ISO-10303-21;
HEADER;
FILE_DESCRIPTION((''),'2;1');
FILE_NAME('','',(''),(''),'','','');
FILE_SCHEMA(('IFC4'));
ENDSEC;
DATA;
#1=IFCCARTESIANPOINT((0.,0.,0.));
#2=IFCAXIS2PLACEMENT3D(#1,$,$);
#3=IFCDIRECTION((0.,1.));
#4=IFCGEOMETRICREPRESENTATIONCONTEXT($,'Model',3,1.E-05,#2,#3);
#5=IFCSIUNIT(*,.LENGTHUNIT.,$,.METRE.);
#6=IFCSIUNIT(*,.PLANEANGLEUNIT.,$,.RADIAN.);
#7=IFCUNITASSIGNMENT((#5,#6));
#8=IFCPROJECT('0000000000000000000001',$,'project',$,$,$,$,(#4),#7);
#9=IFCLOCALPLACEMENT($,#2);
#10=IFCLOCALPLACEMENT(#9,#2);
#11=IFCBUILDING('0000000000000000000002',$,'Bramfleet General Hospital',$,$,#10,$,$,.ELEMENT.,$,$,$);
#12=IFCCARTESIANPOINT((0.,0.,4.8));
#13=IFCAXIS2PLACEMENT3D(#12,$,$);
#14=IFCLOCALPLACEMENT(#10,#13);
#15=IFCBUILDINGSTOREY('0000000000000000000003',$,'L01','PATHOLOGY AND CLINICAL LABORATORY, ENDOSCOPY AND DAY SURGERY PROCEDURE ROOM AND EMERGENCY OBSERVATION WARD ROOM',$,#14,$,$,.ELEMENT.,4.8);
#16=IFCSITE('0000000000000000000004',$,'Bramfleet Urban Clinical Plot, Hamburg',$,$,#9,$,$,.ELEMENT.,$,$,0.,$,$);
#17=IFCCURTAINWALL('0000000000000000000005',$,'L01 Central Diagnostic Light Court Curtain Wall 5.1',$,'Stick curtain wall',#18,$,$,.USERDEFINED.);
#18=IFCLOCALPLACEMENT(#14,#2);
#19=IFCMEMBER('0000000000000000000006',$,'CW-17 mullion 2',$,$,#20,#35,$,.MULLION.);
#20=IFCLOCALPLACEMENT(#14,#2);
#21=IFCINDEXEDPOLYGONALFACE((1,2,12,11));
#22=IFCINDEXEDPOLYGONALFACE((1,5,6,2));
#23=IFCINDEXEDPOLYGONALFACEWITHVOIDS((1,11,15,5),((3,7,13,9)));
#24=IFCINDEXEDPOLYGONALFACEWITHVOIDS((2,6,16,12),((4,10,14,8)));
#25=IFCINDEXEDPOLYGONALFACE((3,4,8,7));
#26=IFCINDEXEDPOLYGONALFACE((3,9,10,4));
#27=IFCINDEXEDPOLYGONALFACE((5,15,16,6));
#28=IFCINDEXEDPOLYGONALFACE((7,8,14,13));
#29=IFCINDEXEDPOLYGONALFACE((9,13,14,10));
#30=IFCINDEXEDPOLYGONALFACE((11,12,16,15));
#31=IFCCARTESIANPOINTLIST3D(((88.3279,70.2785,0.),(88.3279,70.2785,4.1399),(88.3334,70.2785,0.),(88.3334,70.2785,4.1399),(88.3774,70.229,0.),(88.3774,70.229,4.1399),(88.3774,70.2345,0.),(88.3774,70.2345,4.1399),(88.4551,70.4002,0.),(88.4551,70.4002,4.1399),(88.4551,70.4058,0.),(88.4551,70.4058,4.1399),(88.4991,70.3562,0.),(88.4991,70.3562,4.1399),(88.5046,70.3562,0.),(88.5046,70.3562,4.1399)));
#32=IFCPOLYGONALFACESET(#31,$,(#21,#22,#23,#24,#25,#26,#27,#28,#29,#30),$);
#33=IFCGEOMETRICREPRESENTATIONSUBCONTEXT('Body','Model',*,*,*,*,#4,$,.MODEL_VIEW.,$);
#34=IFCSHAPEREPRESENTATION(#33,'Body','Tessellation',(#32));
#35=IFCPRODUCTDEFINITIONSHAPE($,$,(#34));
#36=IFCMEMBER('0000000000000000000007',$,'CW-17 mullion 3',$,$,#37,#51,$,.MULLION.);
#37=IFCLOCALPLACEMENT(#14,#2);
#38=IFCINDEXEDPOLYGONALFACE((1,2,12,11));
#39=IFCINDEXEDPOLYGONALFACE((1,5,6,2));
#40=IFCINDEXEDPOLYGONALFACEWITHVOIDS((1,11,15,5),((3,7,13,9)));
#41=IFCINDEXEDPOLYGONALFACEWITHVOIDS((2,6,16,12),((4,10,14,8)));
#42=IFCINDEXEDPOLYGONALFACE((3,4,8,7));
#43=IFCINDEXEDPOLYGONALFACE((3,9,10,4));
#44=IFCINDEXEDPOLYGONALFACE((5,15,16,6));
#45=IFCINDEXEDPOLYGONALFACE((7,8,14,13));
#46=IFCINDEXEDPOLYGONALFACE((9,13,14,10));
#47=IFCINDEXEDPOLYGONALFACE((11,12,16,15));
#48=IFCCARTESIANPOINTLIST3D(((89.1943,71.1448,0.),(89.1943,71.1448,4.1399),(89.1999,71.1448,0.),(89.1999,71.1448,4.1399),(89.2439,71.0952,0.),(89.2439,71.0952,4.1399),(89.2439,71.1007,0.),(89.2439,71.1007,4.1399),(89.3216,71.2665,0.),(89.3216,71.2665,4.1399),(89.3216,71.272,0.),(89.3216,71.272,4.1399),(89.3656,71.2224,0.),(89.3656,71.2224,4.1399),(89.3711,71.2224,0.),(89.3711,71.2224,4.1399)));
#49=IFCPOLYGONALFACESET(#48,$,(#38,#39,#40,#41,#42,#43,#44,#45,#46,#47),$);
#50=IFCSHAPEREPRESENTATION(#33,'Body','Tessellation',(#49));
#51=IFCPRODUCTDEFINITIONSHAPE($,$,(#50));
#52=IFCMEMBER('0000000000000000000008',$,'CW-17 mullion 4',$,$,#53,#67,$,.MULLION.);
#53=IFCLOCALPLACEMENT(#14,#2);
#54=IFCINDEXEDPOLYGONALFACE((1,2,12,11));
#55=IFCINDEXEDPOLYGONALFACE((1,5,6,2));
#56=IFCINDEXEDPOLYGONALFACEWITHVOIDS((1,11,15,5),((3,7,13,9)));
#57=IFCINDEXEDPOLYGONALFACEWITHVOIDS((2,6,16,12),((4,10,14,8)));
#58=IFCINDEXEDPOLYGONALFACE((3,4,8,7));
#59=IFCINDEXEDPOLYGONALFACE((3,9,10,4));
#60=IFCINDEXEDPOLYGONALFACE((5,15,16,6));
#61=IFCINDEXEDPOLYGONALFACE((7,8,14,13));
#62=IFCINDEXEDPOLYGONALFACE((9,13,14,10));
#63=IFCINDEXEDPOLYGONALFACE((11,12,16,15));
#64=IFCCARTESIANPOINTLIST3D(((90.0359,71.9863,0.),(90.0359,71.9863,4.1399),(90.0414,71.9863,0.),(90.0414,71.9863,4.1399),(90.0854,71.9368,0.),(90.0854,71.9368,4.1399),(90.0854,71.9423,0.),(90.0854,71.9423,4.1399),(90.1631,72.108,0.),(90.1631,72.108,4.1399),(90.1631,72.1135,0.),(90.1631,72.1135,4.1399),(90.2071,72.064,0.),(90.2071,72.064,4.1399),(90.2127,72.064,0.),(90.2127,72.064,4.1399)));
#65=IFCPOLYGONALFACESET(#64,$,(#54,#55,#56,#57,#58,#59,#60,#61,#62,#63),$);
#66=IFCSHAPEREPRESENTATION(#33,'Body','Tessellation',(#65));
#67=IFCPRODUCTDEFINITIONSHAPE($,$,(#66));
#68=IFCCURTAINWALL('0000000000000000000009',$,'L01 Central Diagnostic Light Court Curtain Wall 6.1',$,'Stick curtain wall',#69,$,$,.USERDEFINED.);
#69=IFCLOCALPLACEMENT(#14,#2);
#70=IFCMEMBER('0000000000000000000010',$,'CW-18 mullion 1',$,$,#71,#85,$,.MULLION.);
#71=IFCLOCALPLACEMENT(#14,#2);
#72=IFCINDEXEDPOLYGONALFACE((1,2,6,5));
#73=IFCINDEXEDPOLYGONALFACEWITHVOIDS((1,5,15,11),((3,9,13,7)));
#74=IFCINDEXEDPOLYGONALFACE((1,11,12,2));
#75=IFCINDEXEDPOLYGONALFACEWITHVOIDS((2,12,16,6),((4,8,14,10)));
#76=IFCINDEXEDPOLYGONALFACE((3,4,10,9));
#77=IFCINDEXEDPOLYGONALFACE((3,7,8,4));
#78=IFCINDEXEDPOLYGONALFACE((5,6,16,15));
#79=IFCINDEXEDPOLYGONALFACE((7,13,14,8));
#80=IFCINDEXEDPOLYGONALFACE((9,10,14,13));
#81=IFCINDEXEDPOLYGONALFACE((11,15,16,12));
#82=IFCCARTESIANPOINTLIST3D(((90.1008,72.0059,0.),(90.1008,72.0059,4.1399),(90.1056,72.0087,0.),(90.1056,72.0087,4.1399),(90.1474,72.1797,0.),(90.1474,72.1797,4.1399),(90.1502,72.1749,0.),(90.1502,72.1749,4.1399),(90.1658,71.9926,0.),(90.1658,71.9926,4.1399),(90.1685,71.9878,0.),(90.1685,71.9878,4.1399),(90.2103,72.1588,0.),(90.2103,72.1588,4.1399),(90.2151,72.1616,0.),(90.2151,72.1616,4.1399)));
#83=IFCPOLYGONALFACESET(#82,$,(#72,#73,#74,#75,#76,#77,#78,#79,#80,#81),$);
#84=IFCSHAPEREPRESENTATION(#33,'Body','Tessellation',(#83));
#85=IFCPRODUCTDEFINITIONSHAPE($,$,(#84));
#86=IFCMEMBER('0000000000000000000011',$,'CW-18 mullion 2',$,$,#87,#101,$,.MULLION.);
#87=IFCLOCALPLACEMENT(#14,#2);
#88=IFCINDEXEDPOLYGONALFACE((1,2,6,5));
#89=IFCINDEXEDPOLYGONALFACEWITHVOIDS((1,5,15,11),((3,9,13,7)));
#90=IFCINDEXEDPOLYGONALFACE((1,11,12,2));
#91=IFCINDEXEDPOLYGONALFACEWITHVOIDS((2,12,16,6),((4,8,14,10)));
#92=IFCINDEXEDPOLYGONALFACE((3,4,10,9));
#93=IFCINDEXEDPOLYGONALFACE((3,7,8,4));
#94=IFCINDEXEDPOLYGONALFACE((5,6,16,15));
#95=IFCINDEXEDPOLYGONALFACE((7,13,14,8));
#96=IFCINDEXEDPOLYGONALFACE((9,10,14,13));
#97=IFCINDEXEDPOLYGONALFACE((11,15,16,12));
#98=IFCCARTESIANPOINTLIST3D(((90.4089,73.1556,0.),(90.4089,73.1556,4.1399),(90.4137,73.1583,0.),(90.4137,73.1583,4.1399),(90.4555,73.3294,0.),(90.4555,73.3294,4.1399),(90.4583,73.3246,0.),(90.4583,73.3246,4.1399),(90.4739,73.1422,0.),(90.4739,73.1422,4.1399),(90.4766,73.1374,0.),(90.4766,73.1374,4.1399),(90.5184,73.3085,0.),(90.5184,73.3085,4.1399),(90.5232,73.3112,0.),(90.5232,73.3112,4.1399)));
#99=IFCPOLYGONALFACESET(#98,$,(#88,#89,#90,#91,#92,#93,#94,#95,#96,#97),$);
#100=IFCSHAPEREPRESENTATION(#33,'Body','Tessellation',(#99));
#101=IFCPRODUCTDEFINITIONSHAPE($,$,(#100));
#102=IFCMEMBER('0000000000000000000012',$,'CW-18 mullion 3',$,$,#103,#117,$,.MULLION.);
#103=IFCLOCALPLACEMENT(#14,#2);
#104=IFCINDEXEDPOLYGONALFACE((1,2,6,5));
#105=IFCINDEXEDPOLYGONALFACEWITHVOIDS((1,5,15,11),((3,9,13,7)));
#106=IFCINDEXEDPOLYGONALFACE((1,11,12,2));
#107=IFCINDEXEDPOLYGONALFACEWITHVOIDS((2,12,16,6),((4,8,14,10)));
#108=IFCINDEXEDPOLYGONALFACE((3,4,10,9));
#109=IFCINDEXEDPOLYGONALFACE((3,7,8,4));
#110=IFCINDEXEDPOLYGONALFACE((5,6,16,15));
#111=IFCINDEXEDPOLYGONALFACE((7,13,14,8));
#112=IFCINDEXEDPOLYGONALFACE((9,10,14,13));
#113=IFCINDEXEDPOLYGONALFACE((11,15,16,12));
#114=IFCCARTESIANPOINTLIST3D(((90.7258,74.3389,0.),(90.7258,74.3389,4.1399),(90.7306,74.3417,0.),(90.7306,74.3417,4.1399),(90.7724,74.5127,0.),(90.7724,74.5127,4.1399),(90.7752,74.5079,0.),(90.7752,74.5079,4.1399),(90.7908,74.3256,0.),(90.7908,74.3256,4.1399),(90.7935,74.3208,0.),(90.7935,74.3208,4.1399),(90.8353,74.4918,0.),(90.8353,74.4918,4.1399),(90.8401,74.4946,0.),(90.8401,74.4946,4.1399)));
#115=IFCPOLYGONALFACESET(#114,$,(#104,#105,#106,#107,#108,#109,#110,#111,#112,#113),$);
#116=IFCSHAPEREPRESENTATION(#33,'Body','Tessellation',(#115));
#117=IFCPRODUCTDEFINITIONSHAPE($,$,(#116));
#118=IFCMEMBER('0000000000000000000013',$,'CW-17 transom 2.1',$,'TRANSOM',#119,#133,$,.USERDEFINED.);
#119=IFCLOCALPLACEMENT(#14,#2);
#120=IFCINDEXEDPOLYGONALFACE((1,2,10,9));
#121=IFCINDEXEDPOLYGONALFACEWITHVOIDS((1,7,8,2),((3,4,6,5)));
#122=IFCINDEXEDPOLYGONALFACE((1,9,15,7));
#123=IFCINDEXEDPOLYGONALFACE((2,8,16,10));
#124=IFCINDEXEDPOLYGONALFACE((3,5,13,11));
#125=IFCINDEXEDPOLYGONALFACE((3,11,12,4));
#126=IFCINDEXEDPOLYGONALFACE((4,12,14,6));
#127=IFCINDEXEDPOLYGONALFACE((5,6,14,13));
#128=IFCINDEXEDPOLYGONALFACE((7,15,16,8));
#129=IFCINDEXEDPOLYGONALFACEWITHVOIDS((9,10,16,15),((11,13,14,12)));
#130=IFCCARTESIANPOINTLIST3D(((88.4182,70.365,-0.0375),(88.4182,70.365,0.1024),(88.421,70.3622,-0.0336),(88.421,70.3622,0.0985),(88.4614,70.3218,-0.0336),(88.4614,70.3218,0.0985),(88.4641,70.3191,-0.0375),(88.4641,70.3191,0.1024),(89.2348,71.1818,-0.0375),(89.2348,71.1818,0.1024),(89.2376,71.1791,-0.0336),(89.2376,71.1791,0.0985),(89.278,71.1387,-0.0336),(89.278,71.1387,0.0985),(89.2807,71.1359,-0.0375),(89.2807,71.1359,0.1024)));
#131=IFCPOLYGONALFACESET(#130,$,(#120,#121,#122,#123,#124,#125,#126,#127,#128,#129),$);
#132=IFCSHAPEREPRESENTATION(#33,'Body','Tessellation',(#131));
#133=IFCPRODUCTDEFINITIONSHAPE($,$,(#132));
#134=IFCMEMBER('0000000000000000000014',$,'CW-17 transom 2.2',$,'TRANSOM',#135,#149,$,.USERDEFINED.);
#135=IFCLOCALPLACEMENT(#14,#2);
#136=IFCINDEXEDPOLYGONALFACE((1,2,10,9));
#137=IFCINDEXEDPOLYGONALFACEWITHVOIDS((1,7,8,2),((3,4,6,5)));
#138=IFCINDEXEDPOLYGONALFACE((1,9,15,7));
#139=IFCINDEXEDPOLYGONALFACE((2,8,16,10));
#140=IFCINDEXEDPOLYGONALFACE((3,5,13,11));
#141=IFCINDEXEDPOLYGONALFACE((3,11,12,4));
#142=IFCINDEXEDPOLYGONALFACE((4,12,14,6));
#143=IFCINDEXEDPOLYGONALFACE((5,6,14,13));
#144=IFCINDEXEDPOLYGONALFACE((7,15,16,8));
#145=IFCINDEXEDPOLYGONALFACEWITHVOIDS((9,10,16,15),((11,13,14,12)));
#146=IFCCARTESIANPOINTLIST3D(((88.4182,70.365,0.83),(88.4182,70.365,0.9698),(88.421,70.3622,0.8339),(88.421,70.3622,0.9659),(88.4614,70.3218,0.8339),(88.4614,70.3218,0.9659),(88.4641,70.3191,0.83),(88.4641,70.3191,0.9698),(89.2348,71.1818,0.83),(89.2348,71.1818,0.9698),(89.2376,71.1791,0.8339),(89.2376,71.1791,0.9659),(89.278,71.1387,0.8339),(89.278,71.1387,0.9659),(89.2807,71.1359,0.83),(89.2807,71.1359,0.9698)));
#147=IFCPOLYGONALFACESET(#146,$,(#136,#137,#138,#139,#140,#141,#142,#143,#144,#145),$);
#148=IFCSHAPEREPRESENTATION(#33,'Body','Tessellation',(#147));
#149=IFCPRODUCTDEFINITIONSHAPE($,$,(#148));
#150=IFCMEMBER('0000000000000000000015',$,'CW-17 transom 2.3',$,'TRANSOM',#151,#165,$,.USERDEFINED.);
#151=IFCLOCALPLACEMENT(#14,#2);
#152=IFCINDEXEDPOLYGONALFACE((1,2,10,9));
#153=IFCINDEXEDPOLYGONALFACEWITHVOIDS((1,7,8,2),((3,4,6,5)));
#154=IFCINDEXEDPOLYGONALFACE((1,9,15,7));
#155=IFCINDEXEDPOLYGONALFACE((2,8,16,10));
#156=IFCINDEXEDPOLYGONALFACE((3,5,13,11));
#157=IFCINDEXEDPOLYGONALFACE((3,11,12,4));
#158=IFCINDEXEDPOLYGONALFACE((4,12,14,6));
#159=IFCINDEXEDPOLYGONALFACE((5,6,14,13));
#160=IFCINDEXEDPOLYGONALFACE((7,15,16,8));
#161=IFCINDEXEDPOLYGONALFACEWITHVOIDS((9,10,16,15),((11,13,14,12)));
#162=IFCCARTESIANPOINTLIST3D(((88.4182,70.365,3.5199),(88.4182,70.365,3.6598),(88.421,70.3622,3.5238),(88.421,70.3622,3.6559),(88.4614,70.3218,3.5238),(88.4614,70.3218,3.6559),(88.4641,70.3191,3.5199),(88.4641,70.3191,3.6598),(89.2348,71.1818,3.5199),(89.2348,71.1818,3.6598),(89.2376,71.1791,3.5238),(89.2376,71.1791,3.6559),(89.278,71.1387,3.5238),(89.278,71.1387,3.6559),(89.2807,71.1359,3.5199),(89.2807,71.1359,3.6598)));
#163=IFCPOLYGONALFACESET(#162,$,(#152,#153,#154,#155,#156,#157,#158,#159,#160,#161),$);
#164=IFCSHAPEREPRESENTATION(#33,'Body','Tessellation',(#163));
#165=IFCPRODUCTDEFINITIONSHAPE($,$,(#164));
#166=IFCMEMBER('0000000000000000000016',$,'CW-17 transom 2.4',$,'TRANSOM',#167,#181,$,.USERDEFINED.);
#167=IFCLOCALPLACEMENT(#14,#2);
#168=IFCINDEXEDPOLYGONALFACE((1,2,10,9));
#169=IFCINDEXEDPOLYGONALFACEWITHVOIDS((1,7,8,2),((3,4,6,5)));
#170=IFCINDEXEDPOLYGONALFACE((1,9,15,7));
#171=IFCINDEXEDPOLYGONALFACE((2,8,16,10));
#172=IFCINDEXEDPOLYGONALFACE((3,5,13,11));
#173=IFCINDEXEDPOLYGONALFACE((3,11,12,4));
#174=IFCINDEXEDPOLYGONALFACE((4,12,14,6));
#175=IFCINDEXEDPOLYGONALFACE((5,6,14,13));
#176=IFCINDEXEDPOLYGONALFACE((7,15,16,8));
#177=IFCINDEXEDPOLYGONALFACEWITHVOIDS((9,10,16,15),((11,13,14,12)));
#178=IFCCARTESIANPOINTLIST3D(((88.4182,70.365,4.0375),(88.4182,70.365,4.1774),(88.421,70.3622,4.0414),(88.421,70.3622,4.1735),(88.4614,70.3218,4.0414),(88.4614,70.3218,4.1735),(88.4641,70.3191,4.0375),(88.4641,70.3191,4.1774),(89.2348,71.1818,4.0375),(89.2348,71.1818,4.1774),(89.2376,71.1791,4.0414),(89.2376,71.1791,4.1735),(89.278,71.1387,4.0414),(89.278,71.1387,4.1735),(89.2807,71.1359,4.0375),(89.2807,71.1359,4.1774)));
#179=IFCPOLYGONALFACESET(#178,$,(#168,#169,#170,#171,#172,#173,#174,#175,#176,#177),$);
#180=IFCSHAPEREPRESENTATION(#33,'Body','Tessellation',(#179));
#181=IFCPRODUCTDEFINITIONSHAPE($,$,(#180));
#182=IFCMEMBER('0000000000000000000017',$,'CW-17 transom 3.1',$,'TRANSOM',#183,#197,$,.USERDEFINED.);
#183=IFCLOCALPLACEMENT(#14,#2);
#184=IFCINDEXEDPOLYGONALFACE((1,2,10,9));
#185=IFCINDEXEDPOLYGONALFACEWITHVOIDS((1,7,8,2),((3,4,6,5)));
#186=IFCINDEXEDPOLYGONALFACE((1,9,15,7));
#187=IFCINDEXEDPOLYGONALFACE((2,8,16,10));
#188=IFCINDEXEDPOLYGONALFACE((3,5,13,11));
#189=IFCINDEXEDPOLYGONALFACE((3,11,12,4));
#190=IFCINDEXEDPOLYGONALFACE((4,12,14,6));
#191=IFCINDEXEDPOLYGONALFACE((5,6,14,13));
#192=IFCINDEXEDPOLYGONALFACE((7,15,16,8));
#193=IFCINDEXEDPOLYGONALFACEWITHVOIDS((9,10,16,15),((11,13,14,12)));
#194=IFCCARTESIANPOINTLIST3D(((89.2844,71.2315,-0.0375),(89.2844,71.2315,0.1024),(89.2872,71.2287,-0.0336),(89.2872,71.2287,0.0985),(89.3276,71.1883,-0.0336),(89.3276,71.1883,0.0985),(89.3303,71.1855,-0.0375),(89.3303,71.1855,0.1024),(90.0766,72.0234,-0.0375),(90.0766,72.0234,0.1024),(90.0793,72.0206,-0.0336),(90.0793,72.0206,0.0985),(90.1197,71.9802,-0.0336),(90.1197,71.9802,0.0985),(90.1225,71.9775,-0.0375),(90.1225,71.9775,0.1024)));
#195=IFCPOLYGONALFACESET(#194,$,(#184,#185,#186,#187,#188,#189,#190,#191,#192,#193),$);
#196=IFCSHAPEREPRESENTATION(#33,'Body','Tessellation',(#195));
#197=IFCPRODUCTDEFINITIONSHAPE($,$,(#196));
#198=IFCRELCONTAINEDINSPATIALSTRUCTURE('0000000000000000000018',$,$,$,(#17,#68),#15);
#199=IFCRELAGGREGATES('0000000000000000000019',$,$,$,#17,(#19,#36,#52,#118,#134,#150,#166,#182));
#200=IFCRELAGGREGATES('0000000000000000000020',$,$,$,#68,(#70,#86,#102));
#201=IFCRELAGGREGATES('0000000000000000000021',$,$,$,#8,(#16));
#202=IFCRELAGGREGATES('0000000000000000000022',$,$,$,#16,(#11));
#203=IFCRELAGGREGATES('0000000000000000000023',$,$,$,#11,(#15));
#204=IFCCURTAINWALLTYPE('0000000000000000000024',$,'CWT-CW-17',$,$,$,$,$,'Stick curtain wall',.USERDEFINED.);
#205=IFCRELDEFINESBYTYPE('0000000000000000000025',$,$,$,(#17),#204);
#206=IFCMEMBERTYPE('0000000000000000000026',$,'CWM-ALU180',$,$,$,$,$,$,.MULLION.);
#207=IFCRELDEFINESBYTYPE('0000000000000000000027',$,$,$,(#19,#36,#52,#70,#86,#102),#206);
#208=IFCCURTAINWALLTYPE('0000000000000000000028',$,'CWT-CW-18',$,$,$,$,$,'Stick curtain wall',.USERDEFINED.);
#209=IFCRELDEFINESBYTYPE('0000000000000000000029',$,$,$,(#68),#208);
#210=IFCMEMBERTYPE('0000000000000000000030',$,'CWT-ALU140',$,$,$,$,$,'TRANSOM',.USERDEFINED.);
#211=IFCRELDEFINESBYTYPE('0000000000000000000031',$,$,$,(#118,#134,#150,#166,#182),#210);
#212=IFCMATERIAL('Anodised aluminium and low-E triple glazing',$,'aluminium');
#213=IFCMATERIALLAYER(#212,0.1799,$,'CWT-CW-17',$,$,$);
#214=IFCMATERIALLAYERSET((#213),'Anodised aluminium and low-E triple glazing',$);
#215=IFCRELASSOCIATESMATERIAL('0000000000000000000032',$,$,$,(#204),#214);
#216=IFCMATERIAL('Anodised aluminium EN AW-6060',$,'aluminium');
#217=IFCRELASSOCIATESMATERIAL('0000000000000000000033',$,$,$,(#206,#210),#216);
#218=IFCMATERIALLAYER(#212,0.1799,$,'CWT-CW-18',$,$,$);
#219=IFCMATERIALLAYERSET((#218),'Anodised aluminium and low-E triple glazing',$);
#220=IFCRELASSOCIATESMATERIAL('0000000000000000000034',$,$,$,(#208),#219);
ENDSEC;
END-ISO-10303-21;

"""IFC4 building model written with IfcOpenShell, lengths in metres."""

from ifc_helpers import new_model, si_unit, direction, frame, origin, origin_2d, place, context, subcontext, project, spatial, hollow_rectangle, extrude, material, layer, layer_set, material_profile, profile_set, type_object, element, aggregate, save


model = new_model("IFC4")

# Units and contexts
model_context = context("Model", 3, precision=1e-05, world=origin(), true_north=direction((0.0, 1.0)))
body_context = subcontext(model_context, "Body", "Model", "MODEL_VIEW")
ifc_project = project(units=[si_unit("LENGTHUNIT", "METRE"), si_unit("PLANEANGLEUNIT", "RADIAN")], contexts=[model_context])

# Site, building, storey
site_placement = place(None, origin())
site = spatial("IfcSite", under=ifc_project, at=site_placement, Name="Bramfleet Urban Clinical Plot, Hamburg", CompositionType="ELEMENT", RefElevation=0.0)
building_placement = place(site_placement, origin())
building = spatial("IfcBuilding", under=site, at=building_placement, Name="Bramfleet General Hospital", CompositionType="ELEMENT")
storey_placement = place(building_placement, frame((0.0, 0.0, 4.8)))
storey = spatial("IfcBuildingStorey", under=building, at=storey_placement, Name="L01", Description="PATHOLOGY AND CLINICAL LABORATORY, ENDOSCOPY AND DAY SURGERY PROCEDURE ROOM AND EMERGENCY OBSERVATION WARD ROOM", CompositionType="ELEMENT", Elevation=4.8)

# Curtain walls, members
ifc_material_1 = material(Name="Anodised aluminium and low-E triple glazing", Category="aluminium")
ifc_layer_1 = layer(ifc_material_1, 0.1799, Name="CWT-CW-17")
ifc_layer_set_1 = layer_set([ifc_layer_1], Name="Anodised aluminium and low-E triple glazing")
curtain_wall_type_1 = type_object("IfcCurtainWallType", Name="CWT-CW-17", ElementType="Stick curtain wall", PredefinedType="USERDEFINED", material=ifc_layer_set_1)
curtain_wall_1_placement = place(storey_placement, origin())
curtain_wall_1 = element("IfcCurtainWall", 1, at=curtain_wall_1_placement, inside=storey, type_object=curtain_wall_type_1, Name="L01 Central Diagnostic Light Court Curtain Wall 5.1", ObjectType="Stick curtain wall", PredefinedType="USERDEFINED")
ifc_material_2 = material(Name="Anodised aluminium EN AW-6060", Category="aluminium")
ifc_material_profile_1 = material_profile(ifc_material_2, hollow_rectangle(XDim=0.0701, YDim=0.1799, WallThickness=0.0039, at=origin_2d()), Name="ALU 180x70x4.0")
ifc_profile_set_1 = profile_set([ifc_material_profile_1], Name="Anodised aluminium EN AW-6060")
member_type_1 = type_object("IfcMemberType", Name="CWM-ALU180", PredefinedType="MULLION", material=ifc_profile_set_1)
member_1_placement = place(storey_placement, frame((88.4163, 70.3174, 0.0), z_axis=(0.0, 0.0, 1.0), x_axis=(-0.707107, 0.707107, 0.0)))
member_1 = element("IfcMember", 2, at=member_1_placement, type_object=member_type_1, Name="CW-17 mullion 2", PredefinedType="MULLION", context=body_context, shape_type="SweptSolid", body=[
    extrude(hollow_rectangle(XDim=0.0701, YDim=0.1799, WallThickness=0.0039, at=origin_2d()), origin(), (0.0, 0.0, 1.0), 4.1399),
])
member_2_placement = place(storey_placement, frame((89.2827, 71.1836, 0.0), z_axis=(0.0, 0.0, 1.0), x_axis=(-0.707107, 0.707107, 0.0)))
member_2 = element("IfcMember", 3, at=member_2_placement, type_object=member_type_1, Name="CW-17 mullion 3", PredefinedType="MULLION", context=body_context, shape_type="SweptSolid", body=[
    extrude(hollow_rectangle(XDim=0.0701, YDim=0.1799, WallThickness=0.0039, at=origin_2d()), origin(), (0.0, 0.0, 1.0), 4.1399),
])
member_3_placement = place(storey_placement, frame((90.1243, 72.0251, 0.0), z_axis=(0.0, 0.0, 1.0), x_axis=(-0.707107, 0.707107, 0.0)))
member_3 = element("IfcMember", 4, at=member_3_placement, type_object=member_type_1, Name="CW-17 mullion 4", PredefinedType="MULLION", context=body_context, shape_type="SweptSolid", body=[
    extrude(hollow_rectangle(XDim=0.0701, YDim=0.1799, WallThickness=0.0039, at=origin_2d()), origin(), (0.0, 0.0, 1.0), 4.1399),
])
ifc_layer_2 = layer(ifc_material_1, 0.1799, Name="CWT-CW-18")
ifc_layer_set_2 = layer_set([ifc_layer_2], Name="Anodised aluminium and low-E triple glazing")
curtain_wall_type_2 = type_object("IfcCurtainWallType", Name="CWT-CW-18", ElementType="Stick curtain wall", PredefinedType="USERDEFINED", material=ifc_layer_set_2)
curtain_wall_2_placement = place(storey_placement, origin())
curtain_wall_2 = element("IfcCurtainWall", 5, at=curtain_wall_2_placement, inside=storey, type_object=curtain_wall_type_2, Name="L01 Central Diagnostic Light Court Curtain Wall 6.1", ObjectType="Stick curtain wall", PredefinedType="USERDEFINED")
member_4_placement = place(storey_placement, frame((90.158, 72.0837, 0.0), z_axis=(0.0, 0.0, 1.0), x_axis=(-0.965941, 0.258763, 0.0)))
member_4 = element("IfcMember", 6, at=member_4_placement, type_object=member_type_1, Name="CW-18 mullion 1", PredefinedType="MULLION", context=body_context, shape_type="SweptSolid", body=[
    extrude(hollow_rectangle(XDim=0.0701, YDim=0.1799, WallThickness=0.0039, at=origin_2d()), origin(), (0.0, 0.0, 1.0), 4.1399),
])
member_5_placement = place(storey_placement, frame((90.4661, 73.2334, 0.0), z_axis=(0.0, 0.0, 1.0), x_axis=(-0.965941, 0.258763, 0.0)))
member_5 = element("IfcMember", 7, at=member_5_placement, type_object=member_type_1, Name="CW-18 mullion 2", PredefinedType="MULLION", context=body_context, shape_type="SweptSolid", body=[
    extrude(hollow_rectangle(XDim=0.0701, YDim=0.1799, WallThickness=0.0039, at=origin_2d()), origin(), (0.0, 0.0, 1.0), 4.1399),
])
member_6_placement = place(storey_placement, frame((90.783, 74.4167, 0.0), z_axis=(0.0, 0.0, 1.0), x_axis=(-0.965941, 0.258763, 0.0)))
member_6 = element("IfcMember", 8, at=member_6_placement, type_object=member_type_1, Name="CW-18 mullion 3", PredefinedType="MULLION", context=body_context, shape_type="SweptSolid", body=[
    extrude(hollow_rectangle(XDim=0.0701, YDim=0.1799, WallThickness=0.0039, at=origin_2d()), origin(), (0.0, 0.0, 1.0), 4.1399),
])

# Members
ifc_material_profile_2 = material_profile(ifc_material_2, hollow_rectangle(XDim=0.0649, YDim=0.1399, WallThickness=0.0039, at=origin_2d()), Name="ALU 140x65x4.0")
ifc_profile_set_2 = profile_set([ifc_material_profile_2], Name="Anodised aluminium EN AW-6060")
member_type_2 = type_object("IfcMemberType", Name="CWT-ALU140", ElementType="TRANSOM", PredefinedType="USERDEFINED", material=ifc_profile_set_2)
member_7_placement = place(storey_placement, frame((88.4412, 70.342, 0.0325), z_axis=(0.707001, 0.707212, 0.0), x_axis=(-0.707212, 0.707001, 0.0)))
member_7 = element("IfcMember", 9, at=member_7_placement, type_object=member_type_2, Name="CW-17 transom 2.1", ObjectType="TRANSOM", PredefinedType="USERDEFINED", context=body_context, shape_type="SweptSolid", body=[
    extrude(hollow_rectangle(XDim=0.0649, YDim=0.1399, WallThickness=0.0039, at=origin_2d()), origin(), (0.0, 0.0, 1.0), 1.155),
])
member_8_placement = place(storey_placement, frame((88.4412, 70.342, 0.8999), z_axis=(0.707001, 0.707212, 0.0), x_axis=(-0.707212, 0.707001, 0.0)))
member_8 = element("IfcMember", 10, at=member_8_placement, type_object=member_type_2, Name="CW-17 transom 2.2", ObjectType="TRANSOM", PredefinedType="USERDEFINED", context=body_context, shape_type="SweptSolid", body=[
    extrude(hollow_rectangle(XDim=0.0649, YDim=0.1399, WallThickness=0.0039, at=origin_2d()), origin(), (0.0, 0.0, 1.0), 1.155),
])
member_9_placement = place(storey_placement, frame((88.4412, 70.342, 3.5898), z_axis=(0.707001, 0.707212, 0.0), x_axis=(-0.707212, 0.707001, 0.0)))
member_9 = element("IfcMember", 11, at=member_9_placement, type_object=member_type_2, Name="CW-17 transom 2.3", ObjectType="TRANSOM", PredefinedType="USERDEFINED", context=body_context, shape_type="SweptSolid", body=[
    extrude(hollow_rectangle(XDim=0.0649, YDim=0.1399, WallThickness=0.0039, at=origin_2d()), origin(), (0.0, 0.0, 1.0), 1.155),
])
member_10_placement = place(storey_placement, frame((88.4412, 70.342, 4.1074), z_axis=(0.707001, 0.707212, 0.0), x_axis=(-0.707212, 0.707001, 0.0)))
member_10 = element("IfcMember", 12, at=member_10_placement, type_object=member_type_2, Name="CW-17 transom 2.4", ObjectType="TRANSOM", PredefinedType="USERDEFINED", context=body_context, shape_type="SweptSolid", body=[
    extrude(hollow_rectangle(XDim=0.0649, YDim=0.1399, WallThickness=0.0039, at=origin_2d()), origin(), (0.0, 0.0, 1.0), 1.155),
])
member_11_placement = place(storey_placement, frame((89.3074, 71.2085, 0.0325), z_axis=(0.707216, 0.706998, 0.0), x_axis=(-0.706998, 0.707216, 0.0)))
member_11 = element("IfcMember", 13, at=member_11_placement, type_object=member_type_2, Name="CW-17 transom 3.1", ObjectType="TRANSOM", PredefinedType="USERDEFINED", context=body_context, shape_type="SweptSolid", body=[
    extrude(hollow_rectangle(XDim=0.0649, YDim=0.1399, WallThickness=0.0039, at=origin_2d()), origin(), (0.0, 0.0, 1.0), 1.1201),
])

aggregate(curtain_wall_1, [member_1, member_2, member_3, member_7, member_8, member_9, member_10, member_11])
aggregate(curtain_wall_2, [member_4, member_5, member_6])

save(model, "model.ifc")
